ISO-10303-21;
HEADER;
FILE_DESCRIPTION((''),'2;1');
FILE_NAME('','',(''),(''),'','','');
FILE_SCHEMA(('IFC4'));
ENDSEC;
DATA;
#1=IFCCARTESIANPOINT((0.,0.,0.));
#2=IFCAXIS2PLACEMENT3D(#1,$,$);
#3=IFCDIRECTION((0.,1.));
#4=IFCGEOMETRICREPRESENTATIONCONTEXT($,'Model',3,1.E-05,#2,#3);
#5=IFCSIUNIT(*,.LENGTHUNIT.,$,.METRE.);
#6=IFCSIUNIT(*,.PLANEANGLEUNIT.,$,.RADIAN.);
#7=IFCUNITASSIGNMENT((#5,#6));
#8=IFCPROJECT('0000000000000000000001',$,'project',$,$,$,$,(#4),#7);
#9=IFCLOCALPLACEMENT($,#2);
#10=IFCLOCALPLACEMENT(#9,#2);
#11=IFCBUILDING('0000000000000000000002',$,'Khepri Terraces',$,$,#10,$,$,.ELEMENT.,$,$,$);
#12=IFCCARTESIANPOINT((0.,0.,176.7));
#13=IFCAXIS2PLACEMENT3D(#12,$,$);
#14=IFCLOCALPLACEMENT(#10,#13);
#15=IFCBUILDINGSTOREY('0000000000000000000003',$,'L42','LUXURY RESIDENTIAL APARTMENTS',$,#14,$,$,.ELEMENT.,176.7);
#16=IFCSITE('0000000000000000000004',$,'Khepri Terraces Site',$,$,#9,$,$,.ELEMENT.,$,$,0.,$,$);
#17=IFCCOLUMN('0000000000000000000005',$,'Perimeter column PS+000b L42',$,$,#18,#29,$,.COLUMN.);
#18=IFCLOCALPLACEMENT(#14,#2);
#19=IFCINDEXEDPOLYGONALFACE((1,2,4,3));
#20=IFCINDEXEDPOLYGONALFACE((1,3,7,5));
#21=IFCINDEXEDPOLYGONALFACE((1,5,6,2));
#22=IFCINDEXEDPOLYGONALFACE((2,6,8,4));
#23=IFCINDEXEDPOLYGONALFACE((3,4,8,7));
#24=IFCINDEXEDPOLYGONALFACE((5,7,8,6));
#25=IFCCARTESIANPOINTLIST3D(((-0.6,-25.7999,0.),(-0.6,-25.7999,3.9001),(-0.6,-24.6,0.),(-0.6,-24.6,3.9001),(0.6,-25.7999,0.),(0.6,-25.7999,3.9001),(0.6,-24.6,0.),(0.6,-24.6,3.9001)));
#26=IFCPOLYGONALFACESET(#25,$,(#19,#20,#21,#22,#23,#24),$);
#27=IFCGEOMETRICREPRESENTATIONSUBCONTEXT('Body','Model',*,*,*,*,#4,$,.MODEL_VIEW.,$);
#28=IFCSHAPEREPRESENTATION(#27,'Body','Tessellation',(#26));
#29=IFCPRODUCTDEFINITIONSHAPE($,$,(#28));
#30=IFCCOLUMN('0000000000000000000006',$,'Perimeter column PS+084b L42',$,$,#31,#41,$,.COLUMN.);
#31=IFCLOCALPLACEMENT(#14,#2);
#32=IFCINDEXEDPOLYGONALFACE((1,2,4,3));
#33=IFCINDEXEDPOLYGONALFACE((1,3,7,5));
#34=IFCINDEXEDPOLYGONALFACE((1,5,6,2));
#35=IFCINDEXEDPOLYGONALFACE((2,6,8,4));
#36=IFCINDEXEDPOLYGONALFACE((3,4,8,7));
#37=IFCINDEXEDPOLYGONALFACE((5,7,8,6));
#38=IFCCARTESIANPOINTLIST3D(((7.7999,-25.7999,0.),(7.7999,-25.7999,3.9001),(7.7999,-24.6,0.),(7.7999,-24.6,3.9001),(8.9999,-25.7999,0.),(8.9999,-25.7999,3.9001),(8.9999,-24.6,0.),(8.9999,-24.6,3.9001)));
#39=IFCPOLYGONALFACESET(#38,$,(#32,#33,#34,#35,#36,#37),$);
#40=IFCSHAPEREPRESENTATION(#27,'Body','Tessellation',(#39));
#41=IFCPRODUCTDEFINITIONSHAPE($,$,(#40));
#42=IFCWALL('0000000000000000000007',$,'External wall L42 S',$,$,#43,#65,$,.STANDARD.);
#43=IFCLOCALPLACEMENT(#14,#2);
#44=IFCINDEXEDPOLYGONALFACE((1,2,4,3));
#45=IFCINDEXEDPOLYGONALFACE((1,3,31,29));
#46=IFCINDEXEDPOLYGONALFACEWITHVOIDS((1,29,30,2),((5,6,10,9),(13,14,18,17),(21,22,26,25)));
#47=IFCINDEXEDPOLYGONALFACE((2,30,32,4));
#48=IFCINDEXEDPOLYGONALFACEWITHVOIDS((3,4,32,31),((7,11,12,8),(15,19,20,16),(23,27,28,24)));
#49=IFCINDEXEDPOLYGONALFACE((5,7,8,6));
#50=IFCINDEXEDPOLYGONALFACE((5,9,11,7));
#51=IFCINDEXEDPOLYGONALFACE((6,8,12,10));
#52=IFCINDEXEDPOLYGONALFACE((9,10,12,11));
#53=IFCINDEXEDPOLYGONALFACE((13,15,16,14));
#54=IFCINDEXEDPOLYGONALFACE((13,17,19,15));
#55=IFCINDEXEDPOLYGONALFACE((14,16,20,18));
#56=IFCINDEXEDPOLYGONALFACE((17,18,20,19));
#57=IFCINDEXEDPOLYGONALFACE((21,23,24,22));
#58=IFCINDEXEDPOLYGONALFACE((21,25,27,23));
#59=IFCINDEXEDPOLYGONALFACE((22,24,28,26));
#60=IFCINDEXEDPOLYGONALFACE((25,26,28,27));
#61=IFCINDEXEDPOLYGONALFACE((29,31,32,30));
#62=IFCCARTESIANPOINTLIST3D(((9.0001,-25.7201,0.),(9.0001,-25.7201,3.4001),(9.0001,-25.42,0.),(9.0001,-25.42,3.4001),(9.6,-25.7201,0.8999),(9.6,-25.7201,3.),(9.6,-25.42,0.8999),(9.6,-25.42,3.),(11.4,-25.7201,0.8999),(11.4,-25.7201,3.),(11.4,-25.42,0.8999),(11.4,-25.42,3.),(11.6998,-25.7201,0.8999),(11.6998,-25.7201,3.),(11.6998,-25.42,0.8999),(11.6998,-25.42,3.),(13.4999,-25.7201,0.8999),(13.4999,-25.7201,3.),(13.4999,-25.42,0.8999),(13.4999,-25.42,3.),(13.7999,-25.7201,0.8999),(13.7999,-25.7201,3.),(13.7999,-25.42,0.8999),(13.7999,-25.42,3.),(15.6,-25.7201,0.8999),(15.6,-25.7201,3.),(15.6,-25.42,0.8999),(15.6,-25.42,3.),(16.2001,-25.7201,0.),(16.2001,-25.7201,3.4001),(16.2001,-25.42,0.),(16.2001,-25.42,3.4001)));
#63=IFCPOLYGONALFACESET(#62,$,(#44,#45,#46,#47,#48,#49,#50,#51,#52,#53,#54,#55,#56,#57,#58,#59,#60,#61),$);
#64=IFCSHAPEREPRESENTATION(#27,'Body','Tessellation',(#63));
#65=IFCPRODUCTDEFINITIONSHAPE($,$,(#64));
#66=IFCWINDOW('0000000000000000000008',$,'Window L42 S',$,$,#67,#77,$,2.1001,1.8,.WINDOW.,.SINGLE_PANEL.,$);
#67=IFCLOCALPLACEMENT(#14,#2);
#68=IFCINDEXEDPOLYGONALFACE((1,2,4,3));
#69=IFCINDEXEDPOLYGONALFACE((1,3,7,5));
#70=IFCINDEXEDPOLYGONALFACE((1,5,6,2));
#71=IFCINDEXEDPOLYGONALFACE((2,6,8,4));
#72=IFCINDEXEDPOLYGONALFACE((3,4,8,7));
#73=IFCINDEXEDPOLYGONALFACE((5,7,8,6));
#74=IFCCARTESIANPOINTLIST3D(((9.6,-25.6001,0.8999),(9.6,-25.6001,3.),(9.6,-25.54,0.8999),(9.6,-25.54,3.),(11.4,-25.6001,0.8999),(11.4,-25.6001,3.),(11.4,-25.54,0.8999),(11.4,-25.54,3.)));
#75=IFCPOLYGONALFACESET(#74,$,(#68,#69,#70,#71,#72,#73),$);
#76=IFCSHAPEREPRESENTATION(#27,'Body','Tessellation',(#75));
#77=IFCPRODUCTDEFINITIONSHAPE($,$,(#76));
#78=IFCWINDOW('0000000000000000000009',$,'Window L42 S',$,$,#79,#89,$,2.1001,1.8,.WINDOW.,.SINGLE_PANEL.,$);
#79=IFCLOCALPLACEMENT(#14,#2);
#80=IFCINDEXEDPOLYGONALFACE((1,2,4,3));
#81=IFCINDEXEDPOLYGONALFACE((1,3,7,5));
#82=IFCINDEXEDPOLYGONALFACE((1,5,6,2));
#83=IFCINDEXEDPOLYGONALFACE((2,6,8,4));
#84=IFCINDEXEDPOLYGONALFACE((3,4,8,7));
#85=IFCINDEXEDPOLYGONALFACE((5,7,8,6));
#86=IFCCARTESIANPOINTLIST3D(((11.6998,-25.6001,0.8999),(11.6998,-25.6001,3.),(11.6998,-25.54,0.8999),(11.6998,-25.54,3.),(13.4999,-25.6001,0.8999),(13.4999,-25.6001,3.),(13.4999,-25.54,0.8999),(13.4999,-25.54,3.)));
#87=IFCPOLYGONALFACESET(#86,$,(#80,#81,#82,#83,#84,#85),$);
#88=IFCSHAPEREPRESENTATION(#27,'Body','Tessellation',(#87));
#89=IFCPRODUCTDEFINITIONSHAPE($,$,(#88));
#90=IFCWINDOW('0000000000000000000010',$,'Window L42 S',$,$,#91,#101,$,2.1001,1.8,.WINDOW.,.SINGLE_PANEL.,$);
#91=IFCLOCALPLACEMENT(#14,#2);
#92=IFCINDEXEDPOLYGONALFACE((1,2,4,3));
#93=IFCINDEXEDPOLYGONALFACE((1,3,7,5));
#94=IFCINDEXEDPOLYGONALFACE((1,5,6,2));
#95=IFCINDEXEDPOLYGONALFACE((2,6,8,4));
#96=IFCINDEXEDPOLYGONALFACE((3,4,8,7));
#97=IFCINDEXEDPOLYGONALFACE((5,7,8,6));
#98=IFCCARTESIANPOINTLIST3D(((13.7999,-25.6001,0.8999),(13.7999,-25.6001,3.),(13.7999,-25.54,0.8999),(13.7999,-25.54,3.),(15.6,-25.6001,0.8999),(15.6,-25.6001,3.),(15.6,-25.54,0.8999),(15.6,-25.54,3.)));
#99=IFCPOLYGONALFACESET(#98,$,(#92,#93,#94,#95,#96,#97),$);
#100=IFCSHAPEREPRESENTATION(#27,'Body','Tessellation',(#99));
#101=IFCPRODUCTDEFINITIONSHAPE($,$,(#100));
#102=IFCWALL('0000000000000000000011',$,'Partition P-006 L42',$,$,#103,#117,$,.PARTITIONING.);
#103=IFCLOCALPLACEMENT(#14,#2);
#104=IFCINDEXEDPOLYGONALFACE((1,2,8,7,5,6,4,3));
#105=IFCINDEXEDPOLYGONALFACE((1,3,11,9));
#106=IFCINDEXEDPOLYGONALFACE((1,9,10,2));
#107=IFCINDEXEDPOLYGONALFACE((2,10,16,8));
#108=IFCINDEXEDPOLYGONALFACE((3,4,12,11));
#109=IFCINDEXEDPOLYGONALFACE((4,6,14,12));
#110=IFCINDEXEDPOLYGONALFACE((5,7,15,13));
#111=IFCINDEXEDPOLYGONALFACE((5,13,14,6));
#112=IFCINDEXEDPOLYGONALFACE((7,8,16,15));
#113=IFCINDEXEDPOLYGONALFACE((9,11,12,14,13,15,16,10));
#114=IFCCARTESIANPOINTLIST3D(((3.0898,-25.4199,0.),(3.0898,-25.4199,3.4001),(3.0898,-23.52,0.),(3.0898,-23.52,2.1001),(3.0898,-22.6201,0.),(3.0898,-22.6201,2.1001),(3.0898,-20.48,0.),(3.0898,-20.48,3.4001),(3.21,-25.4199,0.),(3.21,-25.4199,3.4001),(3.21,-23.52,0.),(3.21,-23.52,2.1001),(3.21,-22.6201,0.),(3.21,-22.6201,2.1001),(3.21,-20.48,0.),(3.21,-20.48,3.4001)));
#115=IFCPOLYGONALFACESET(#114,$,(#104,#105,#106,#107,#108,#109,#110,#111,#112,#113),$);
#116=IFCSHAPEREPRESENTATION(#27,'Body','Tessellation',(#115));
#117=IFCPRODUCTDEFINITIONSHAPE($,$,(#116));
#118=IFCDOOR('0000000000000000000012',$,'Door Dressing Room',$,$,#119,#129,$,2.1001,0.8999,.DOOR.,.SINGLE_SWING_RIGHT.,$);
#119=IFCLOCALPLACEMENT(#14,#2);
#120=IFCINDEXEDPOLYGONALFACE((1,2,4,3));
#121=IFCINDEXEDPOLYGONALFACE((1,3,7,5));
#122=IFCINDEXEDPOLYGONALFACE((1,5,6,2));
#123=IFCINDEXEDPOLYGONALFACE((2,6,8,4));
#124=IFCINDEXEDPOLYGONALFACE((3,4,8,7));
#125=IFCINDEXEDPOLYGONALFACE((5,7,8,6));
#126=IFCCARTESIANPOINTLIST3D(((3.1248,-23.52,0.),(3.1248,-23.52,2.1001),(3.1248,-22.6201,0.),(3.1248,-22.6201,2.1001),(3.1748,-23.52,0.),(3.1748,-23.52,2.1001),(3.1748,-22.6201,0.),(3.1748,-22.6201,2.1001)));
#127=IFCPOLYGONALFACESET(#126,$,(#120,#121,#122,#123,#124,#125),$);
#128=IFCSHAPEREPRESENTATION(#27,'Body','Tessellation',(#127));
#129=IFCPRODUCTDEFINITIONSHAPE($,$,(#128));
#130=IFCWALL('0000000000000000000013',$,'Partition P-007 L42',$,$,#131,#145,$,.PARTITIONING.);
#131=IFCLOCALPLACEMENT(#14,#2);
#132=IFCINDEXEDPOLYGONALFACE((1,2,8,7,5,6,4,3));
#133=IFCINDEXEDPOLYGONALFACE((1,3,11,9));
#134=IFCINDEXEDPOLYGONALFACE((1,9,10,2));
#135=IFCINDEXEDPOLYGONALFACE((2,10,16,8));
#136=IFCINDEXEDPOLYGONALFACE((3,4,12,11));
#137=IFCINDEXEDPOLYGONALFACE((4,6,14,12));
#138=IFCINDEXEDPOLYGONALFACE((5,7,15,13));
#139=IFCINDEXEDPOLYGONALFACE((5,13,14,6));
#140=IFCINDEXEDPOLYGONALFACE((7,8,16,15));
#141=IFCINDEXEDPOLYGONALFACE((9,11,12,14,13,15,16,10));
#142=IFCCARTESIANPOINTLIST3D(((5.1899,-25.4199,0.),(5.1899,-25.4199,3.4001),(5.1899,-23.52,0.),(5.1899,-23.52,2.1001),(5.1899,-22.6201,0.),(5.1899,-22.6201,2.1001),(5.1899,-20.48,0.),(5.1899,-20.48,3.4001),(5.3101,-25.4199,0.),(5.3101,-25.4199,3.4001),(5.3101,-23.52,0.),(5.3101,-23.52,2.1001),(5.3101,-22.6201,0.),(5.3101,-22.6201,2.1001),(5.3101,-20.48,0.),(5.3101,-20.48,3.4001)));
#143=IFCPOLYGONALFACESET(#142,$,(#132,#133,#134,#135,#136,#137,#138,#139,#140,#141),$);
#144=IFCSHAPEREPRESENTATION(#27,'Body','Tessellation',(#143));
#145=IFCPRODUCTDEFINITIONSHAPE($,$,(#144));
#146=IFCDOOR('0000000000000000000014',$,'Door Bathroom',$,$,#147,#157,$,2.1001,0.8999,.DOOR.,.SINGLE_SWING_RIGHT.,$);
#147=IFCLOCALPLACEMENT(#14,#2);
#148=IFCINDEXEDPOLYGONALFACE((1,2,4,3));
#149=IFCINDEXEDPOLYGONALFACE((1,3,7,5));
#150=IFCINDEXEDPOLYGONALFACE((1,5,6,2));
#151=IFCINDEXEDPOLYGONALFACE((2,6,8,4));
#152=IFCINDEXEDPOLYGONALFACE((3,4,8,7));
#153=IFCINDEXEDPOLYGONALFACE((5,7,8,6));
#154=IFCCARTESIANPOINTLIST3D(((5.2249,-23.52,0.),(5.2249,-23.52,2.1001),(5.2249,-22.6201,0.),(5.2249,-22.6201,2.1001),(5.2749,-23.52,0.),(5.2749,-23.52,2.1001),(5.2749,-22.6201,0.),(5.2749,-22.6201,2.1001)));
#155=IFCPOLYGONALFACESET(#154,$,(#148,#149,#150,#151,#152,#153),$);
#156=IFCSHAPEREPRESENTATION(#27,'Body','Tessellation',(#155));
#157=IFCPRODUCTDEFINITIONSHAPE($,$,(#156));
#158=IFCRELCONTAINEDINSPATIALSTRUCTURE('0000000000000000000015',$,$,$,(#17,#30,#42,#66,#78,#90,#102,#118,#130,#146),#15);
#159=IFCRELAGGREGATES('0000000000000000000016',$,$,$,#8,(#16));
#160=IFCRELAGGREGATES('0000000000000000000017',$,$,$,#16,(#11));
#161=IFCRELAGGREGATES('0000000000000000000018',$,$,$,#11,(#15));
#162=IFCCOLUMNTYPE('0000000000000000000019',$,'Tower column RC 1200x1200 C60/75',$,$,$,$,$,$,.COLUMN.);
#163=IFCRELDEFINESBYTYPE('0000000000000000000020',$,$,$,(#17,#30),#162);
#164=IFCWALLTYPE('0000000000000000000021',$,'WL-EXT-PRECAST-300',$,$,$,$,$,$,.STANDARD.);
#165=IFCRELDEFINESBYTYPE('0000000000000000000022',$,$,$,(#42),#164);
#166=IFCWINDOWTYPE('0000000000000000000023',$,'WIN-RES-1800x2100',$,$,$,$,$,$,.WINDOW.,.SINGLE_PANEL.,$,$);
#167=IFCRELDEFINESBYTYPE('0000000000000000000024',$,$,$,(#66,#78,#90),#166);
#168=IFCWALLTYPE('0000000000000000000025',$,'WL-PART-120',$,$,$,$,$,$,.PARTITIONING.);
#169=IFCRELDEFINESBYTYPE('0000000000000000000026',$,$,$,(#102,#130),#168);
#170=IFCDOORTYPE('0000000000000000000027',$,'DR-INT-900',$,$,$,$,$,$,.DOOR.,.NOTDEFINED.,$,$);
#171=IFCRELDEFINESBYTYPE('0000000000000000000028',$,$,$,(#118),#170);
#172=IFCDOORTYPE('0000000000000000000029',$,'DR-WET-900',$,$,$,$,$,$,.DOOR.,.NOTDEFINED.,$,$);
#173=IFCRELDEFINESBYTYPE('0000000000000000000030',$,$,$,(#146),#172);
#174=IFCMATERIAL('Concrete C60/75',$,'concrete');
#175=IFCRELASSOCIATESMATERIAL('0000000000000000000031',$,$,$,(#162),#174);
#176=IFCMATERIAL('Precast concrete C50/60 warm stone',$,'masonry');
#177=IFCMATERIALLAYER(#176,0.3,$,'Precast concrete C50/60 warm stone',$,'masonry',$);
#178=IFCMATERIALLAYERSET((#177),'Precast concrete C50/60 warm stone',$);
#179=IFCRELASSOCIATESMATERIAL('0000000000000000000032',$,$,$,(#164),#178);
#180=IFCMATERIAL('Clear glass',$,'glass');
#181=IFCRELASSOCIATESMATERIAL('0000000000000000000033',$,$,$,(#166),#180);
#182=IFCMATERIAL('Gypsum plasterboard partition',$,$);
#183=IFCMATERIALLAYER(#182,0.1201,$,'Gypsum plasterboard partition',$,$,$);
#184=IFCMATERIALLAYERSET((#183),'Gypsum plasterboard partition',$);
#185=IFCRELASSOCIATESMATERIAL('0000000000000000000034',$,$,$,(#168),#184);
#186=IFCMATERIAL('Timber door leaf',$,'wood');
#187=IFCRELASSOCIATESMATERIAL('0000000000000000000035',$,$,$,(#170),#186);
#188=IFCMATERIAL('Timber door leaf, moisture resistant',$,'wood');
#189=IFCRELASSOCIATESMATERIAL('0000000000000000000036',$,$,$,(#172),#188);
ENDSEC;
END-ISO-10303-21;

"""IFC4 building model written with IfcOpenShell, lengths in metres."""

from ifc_helpers import new_model, si_unit, direction, frame, frame_2d, origin, origin_2d, place, context, subcontext, project, spatial, rectangle, extrude, material, layer, layer_set, material_profile, profile_set, type_object, element, fill, save


model = new_model("IFC4")

# Units and contexts
model_context = context("Model", 3, precision=1e-05, world=origin(), true_north=direction((0.0, 1.0)))
body_context = subcontext(model_context, "Body", "Model", "MODEL_VIEW")
ifc_project = project(units=[si_unit("LENGTHUNIT", "METRE"), si_unit("PLANEANGLEUNIT", "RADIAN")], contexts=[model_context])

# Site, building, storey
site_placement = place(None, origin())
site = spatial("IfcSite", under=ifc_project, at=site_placement, Name="Khepri Terraces Site", CompositionType="ELEMENT", RefElevation=0.0)
building_placement = place(site_placement, origin())
building = spatial("IfcBuilding", under=site, at=building_placement, Name="Khepri Terraces", CompositionType="ELEMENT")
storey_placement = place(building_placement, frame((0.0, 0.0, 176.7)))
storey = spatial("IfcBuildingStorey", under=building, at=storey_placement, Name="L42", Description="LUXURY RESIDENTIAL APARTMENTS", CompositionType="ELEMENT", Elevation=176.7)

# Columns
ifc_material_1 = material(Name="Concrete C60/75", Category="concrete")
ifc_material_profile = material_profile(ifc_material_1, rectangle(XDim=1.2, YDim=1.2, at=origin_2d()), Name="Concrete C60/75", Category="concrete")
ifc_profile_set = profile_set([ifc_material_profile], Name="Concrete C60/75")
column_type = type_object("IfcColumnType", Name="Tower column RC 1200x1200 C60/75", PredefinedType="COLUMN", material=ifc_profile_set)
for number, where, z_axis, x_axis, name in (
    (1, (0.0, -25.2, 0.0), (0.0, 0.0, 1.0), (1.0, 0.0, 0.0), "Perimeter column PS+000b L42"),
    (2, (8.3999, -25.2, 0.0), (0.0, 0.0, 1.0), (1.0, 0.0, 0.0), "Perimeter column PS+084b L42"),
):
    element("IfcColumn", number, at=place(storey_placement, frame(where, z_axis=z_axis, x_axis=x_axis)), inside=storey, type_object=column_type, Name=name, PredefinedType="COLUMN", context=body_context, shape_type="SweptSolid", body=[
        extrude(rectangle(XDim=1.2, YDim=1.2, at=origin_2d()), origin(), (0.0, 0.0, 1.0), 3.9001),
    ])

# Shared definitions
ifc_material_2 = material(Name="Precast concrete C50/60 warm stone", Category="masonry")
ifc_layer_1 = layer(ifc_material_2, 0.3, Name="Precast concrete C50/60 warm stone", Category="masonry")
ifc_layer_set_1 = layer_set([ifc_layer_1], Name="Precast concrete C50/60 warm stone")
wall_type_1 = type_object("IfcWallType", Name="WL-EXT-PRECAST-300", PredefinedType="STANDARD", material=ifc_layer_set_1)
ifc_material_3 = material(Name="Clear glass", Category="glass")
window_type = type_object("IfcWindowType", Name="WIN-RES-1800x2100", PartitioningType="SINGLE_PANEL", PredefinedType="WINDOW", material=ifc_material_3)

# Wall, openings, windows
wall_1_placement = place(storey_placement, frame((9.0, -25.5701, 0.0), z_axis=(0.0, 0.0, 1.0), x_axis=(1.0, 0.0, 0.0)))
wall_1 = element("IfcWall", 3, at=wall_1_placement, inside=storey, type_object=wall_type_1, Name="External wall L42 S", PredefinedType="STANDARD", context=body_context, shape_type="SweptSolid", body=[
    extrude(rectangle(XDim=7.2, YDim=0.3, at=frame_2d((3.6001, 0.0))), origin(), (0.0, 0.0, 1.0), 3.4001),
])
opening_1_placement = place(wall_1_placement, frame((0.6001, 0.0, 0.8999)))
opening_1 = element("IfcOpeningElement", 4, at=opening_1_placement, cuts=wall_1, PredefinedType="OPENING", context=body_context, shape_type="SweptSolid", body=[
    extrude(rectangle(XDim=1.8, YDim=2.1001, at=frame_2d((0.8999, 1.05))), frame((0.0, 0.1602, 0.0), z_axis=(0.0, -1.0, 0.0), x_axis=(1.0, 0.0, 0.0)), (0.0, 0.0, 1.0), 0.3201),
])
opening_2_placement = place(wall_1_placement, frame((2.7, 0.0, 0.8999)))
opening_2 = element("IfcOpeningElement", 5, at=opening_2_placement, cuts=wall_1, PredefinedType="OPENING", context=body_context, shape_type="SweptSolid", body=[
    extrude(rectangle(XDim=1.8, YDim=2.1001, at=frame_2d((0.8999, 1.05))), frame((0.0, 0.1602, 0.0), z_axis=(0.0, -1.0, 0.0), x_axis=(1.0, 0.0, 0.0)), (0.0, 0.0, 1.0), 0.3201),
])
opening_3_placement = place(wall_1_placement, frame((4.8, 0.0, 0.8999)))
opening_3 = element("IfcOpeningElement", 6, at=opening_3_placement, cuts=wall_1, PredefinedType="OPENING", context=body_context, shape_type="SweptSolid", body=[
    extrude(rectangle(XDim=1.8, YDim=2.1001, at=frame_2d((0.8999, 1.05))), frame((0.0, 0.1602, 0.0), z_axis=(0.0, -1.0, 0.0), x_axis=(1.0, 0.0, 0.0)), (0.0, 0.0, 1.0), 0.3201),
])
window_1_placement = place(opening_1_placement, origin())
window_1 = element("IfcWindow", 7, at=window_1_placement, inside=storey, type_object=window_type, Name="Window L42 S", OverallHeight=2.1001, OverallWidth=1.8, PartitioningType="SINGLE_PANEL", PredefinedType="WINDOW", context=body_context, shape_type="SweptSolid", body=[
    extrude(rectangle(XDim=1.8, YDim=2.1001, at=frame_2d((0.8999, 1.05))), frame((0.0, 0.03, 0.0), z_axis=(0.0, -1.0, 0.0), x_axis=(1.0, 0.0, 0.0)), (0.0, 0.0, 1.0), 0.0601),
])
fill(opening_1, window_1)
window_2_placement = place(opening_2_placement, origin())
window_2 = element("IfcWindow", 8, at=window_2_placement, inside=storey, type_object=window_type, Name="Window L42 S", OverallHeight=2.1001, OverallWidth=1.8, PartitioningType="SINGLE_PANEL", PredefinedType="WINDOW", context=body_context, shape_type="SweptSolid", body=[
    extrude(rectangle(XDim=1.8, YDim=2.1001, at=frame_2d((0.8999, 1.05))), frame((0.0, 0.03, 0.0), z_axis=(0.0, -1.0, 0.0), x_axis=(1.0, 0.0, 0.0)), (0.0, 0.0, 1.0), 0.0601),
])
fill(opening_2, window_2)
window_3_placement = place(opening_3_placement, origin())
window_3 = element("IfcWindow", 9, at=window_3_placement, inside=storey, type_object=window_type, Name="Window L42 S", OverallHeight=2.1001, OverallWidth=1.8, PartitioningType="SINGLE_PANEL", PredefinedType="WINDOW", context=body_context, shape_type="SweptSolid", body=[
    extrude(rectangle(XDim=1.8, YDim=2.1001, at=frame_2d((0.8999, 1.05))), frame((0.0, 0.03, 0.0), z_axis=(0.0, -1.0, 0.0), x_axis=(1.0, 0.0, 0.0)), (0.0, 0.0, 1.0), 0.0601),
])
fill(opening_3, window_3)

# Walls, openings, doors
ifc_material_4 = material(Name="Gypsum plasterboard partition")
ifc_layer_2 = layer(ifc_material_4, 0.1201, Name="Gypsum plasterboard partition")
ifc_layer_set_2 = layer_set([ifc_layer_2], Name="Gypsum plasterboard partition")
wall_type_2 = type_object("IfcWallType", Name="WL-PART-120", PredefinedType="PARTITIONING", material=ifc_layer_set_2)
wall_2_placement = place(storey_placement, frame((3.1499, -25.4199, 0.0), z_axis=(0.0, 0.0, 1.0), x_axis=(0.0, 1.0, 0.0)))
wall_2 = element("IfcWall", 10, at=wall_2_placement, inside=storey, type_object=wall_type_2, Name="Partition P-006 L42", PredefinedType="PARTITIONING", context=body_context, shape_type="SweptSolid", body=[
    extrude(rectangle(XDim=4.9399, YDim=0.1201, at=frame_2d((2.47, 0.0))), origin(), (0.0, 0.0, 1.0), 3.4001),
])
opening_4_placement = place(wall_2_placement, frame((1.8999, 0.0, 0.0)))
opening_4 = element("IfcOpeningElement", 11, at=opening_4_placement, cuts=wall_2, PredefinedType="OPENING", context=body_context, shape_type="SweptSolid", body=[
    extrude(rectangle(XDim=0.8999, YDim=2.1001, at=frame_2d((0.45, 1.05))), frame((0.0, 0.0701, 0.0), z_axis=(0.0, -1.0, 0.0), x_axis=(1.0, 0.0, 0.0)), (0.0, 0.0, 1.0), 0.1401),
])
ifc_material_5 = material(Name="Timber door leaf", Category="wood")
door_type_1 = type_object("IfcDoorType", Name="DR-INT-900", OperationType="NOTDEFINED", PredefinedType="DOOR", material=ifc_material_5)
door_1_placement = place(opening_4_placement, frame((0.8999, 0.0, 0.0), z_axis=(0.0, 0.0, 1.0), x_axis=(-1.0, 0.0, 0.0)))
door_1 = element("IfcDoor", 12, at=door_1_placement, inside=storey, type_object=door_type_1, Name="Door Dressing Room", OperationType="SINGLE_SWING_RIGHT", OverallHeight=2.1001, OverallWidth=0.8999, PredefinedType="DOOR", context=body_context, shape_type="SweptSolid", body=[
    extrude(rectangle(XDim=0.8999, YDim=2.1001, at=frame_2d((0.45, 1.05))), frame((0.0, 0.0249, 0.0), z_axis=(0.0, -1.0, 0.0), x_axis=(1.0, 0.0, 0.0)), (0.0, 0.0, 1.0), 0.05),
])
fill(opening_4, door_1)
wall_3_placement = place(storey_placement, frame((5.25, -25.4199, 0.0), z_axis=(0.0, 0.0, 1.0), x_axis=(0.0, 1.0, 0.0)))
wall_3 = element("IfcWall", 13, at=wall_3_placement, inside=storey, type_object=wall_type_2, Name="Partition P-007 L42", PredefinedType="PARTITIONING", context=body_context, shape_type="SweptSolid", body=[
    extrude(rectangle(XDim=4.9399, YDim=0.1201, at=frame_2d((2.47, 0.0))), origin(), (0.0, 0.0, 1.0), 3.4001),
])
opening_5_placement = place(wall_3_placement, frame((1.8999, 0.0, 0.0)))
opening_5 = element("IfcOpeningElement", 14, at=opening_5_placement, cuts=wall_3, PredefinedType="OPENING", context=body_context, shape_type="SweptSolid", body=[
    extrude(rectangle(XDim=0.8999, YDim=2.1001, at=frame_2d((0.45, 1.05))), frame((0.0, 0.0701, 0.0), z_axis=(0.0, -1.0, 0.0), x_axis=(1.0, 0.0, 0.0)), (0.0, 0.0, 1.0), 0.1401),
])
ifc_material_6 = material(Name="Timber door leaf, moisture resistant", Category="wood")
door_type_2 = type_object("IfcDoorType", Name="DR-WET-900", OperationType="NOTDEFINED", PredefinedType="DOOR", material=ifc_material_6)
door_2_placement = place(opening_5_placement, frame((0.8999, 0.0, 0.0), z_axis=(0.0, 0.0, 1.0), x_axis=(-1.0, 0.0, 0.0)))
door_2 = element("IfcDoor", 15, at=door_2_placement, inside=storey, type_object=door_type_2, Name="Door Bathroom", OperationType="SINGLE_SWING_RIGHT", OverallHeight=2.1001, OverallWidth=0.8999, PredefinedType="DOOR", context=body_context, shape_type="SweptSolid", body=[
    extrude(rectangle(XDim=0.8999, YDim=2.1001, at=frame_2d((0.45, 1.05))), frame((0.0, 0.0249, 0.0), z_axis=(0.0, -1.0, 0.0), x_axis=(1.0, 0.0, 0.0)), (0.0, 0.0, 1.0), 0.05),
])
fill(opening_5, door_2)

save(model, "model.ifc")
